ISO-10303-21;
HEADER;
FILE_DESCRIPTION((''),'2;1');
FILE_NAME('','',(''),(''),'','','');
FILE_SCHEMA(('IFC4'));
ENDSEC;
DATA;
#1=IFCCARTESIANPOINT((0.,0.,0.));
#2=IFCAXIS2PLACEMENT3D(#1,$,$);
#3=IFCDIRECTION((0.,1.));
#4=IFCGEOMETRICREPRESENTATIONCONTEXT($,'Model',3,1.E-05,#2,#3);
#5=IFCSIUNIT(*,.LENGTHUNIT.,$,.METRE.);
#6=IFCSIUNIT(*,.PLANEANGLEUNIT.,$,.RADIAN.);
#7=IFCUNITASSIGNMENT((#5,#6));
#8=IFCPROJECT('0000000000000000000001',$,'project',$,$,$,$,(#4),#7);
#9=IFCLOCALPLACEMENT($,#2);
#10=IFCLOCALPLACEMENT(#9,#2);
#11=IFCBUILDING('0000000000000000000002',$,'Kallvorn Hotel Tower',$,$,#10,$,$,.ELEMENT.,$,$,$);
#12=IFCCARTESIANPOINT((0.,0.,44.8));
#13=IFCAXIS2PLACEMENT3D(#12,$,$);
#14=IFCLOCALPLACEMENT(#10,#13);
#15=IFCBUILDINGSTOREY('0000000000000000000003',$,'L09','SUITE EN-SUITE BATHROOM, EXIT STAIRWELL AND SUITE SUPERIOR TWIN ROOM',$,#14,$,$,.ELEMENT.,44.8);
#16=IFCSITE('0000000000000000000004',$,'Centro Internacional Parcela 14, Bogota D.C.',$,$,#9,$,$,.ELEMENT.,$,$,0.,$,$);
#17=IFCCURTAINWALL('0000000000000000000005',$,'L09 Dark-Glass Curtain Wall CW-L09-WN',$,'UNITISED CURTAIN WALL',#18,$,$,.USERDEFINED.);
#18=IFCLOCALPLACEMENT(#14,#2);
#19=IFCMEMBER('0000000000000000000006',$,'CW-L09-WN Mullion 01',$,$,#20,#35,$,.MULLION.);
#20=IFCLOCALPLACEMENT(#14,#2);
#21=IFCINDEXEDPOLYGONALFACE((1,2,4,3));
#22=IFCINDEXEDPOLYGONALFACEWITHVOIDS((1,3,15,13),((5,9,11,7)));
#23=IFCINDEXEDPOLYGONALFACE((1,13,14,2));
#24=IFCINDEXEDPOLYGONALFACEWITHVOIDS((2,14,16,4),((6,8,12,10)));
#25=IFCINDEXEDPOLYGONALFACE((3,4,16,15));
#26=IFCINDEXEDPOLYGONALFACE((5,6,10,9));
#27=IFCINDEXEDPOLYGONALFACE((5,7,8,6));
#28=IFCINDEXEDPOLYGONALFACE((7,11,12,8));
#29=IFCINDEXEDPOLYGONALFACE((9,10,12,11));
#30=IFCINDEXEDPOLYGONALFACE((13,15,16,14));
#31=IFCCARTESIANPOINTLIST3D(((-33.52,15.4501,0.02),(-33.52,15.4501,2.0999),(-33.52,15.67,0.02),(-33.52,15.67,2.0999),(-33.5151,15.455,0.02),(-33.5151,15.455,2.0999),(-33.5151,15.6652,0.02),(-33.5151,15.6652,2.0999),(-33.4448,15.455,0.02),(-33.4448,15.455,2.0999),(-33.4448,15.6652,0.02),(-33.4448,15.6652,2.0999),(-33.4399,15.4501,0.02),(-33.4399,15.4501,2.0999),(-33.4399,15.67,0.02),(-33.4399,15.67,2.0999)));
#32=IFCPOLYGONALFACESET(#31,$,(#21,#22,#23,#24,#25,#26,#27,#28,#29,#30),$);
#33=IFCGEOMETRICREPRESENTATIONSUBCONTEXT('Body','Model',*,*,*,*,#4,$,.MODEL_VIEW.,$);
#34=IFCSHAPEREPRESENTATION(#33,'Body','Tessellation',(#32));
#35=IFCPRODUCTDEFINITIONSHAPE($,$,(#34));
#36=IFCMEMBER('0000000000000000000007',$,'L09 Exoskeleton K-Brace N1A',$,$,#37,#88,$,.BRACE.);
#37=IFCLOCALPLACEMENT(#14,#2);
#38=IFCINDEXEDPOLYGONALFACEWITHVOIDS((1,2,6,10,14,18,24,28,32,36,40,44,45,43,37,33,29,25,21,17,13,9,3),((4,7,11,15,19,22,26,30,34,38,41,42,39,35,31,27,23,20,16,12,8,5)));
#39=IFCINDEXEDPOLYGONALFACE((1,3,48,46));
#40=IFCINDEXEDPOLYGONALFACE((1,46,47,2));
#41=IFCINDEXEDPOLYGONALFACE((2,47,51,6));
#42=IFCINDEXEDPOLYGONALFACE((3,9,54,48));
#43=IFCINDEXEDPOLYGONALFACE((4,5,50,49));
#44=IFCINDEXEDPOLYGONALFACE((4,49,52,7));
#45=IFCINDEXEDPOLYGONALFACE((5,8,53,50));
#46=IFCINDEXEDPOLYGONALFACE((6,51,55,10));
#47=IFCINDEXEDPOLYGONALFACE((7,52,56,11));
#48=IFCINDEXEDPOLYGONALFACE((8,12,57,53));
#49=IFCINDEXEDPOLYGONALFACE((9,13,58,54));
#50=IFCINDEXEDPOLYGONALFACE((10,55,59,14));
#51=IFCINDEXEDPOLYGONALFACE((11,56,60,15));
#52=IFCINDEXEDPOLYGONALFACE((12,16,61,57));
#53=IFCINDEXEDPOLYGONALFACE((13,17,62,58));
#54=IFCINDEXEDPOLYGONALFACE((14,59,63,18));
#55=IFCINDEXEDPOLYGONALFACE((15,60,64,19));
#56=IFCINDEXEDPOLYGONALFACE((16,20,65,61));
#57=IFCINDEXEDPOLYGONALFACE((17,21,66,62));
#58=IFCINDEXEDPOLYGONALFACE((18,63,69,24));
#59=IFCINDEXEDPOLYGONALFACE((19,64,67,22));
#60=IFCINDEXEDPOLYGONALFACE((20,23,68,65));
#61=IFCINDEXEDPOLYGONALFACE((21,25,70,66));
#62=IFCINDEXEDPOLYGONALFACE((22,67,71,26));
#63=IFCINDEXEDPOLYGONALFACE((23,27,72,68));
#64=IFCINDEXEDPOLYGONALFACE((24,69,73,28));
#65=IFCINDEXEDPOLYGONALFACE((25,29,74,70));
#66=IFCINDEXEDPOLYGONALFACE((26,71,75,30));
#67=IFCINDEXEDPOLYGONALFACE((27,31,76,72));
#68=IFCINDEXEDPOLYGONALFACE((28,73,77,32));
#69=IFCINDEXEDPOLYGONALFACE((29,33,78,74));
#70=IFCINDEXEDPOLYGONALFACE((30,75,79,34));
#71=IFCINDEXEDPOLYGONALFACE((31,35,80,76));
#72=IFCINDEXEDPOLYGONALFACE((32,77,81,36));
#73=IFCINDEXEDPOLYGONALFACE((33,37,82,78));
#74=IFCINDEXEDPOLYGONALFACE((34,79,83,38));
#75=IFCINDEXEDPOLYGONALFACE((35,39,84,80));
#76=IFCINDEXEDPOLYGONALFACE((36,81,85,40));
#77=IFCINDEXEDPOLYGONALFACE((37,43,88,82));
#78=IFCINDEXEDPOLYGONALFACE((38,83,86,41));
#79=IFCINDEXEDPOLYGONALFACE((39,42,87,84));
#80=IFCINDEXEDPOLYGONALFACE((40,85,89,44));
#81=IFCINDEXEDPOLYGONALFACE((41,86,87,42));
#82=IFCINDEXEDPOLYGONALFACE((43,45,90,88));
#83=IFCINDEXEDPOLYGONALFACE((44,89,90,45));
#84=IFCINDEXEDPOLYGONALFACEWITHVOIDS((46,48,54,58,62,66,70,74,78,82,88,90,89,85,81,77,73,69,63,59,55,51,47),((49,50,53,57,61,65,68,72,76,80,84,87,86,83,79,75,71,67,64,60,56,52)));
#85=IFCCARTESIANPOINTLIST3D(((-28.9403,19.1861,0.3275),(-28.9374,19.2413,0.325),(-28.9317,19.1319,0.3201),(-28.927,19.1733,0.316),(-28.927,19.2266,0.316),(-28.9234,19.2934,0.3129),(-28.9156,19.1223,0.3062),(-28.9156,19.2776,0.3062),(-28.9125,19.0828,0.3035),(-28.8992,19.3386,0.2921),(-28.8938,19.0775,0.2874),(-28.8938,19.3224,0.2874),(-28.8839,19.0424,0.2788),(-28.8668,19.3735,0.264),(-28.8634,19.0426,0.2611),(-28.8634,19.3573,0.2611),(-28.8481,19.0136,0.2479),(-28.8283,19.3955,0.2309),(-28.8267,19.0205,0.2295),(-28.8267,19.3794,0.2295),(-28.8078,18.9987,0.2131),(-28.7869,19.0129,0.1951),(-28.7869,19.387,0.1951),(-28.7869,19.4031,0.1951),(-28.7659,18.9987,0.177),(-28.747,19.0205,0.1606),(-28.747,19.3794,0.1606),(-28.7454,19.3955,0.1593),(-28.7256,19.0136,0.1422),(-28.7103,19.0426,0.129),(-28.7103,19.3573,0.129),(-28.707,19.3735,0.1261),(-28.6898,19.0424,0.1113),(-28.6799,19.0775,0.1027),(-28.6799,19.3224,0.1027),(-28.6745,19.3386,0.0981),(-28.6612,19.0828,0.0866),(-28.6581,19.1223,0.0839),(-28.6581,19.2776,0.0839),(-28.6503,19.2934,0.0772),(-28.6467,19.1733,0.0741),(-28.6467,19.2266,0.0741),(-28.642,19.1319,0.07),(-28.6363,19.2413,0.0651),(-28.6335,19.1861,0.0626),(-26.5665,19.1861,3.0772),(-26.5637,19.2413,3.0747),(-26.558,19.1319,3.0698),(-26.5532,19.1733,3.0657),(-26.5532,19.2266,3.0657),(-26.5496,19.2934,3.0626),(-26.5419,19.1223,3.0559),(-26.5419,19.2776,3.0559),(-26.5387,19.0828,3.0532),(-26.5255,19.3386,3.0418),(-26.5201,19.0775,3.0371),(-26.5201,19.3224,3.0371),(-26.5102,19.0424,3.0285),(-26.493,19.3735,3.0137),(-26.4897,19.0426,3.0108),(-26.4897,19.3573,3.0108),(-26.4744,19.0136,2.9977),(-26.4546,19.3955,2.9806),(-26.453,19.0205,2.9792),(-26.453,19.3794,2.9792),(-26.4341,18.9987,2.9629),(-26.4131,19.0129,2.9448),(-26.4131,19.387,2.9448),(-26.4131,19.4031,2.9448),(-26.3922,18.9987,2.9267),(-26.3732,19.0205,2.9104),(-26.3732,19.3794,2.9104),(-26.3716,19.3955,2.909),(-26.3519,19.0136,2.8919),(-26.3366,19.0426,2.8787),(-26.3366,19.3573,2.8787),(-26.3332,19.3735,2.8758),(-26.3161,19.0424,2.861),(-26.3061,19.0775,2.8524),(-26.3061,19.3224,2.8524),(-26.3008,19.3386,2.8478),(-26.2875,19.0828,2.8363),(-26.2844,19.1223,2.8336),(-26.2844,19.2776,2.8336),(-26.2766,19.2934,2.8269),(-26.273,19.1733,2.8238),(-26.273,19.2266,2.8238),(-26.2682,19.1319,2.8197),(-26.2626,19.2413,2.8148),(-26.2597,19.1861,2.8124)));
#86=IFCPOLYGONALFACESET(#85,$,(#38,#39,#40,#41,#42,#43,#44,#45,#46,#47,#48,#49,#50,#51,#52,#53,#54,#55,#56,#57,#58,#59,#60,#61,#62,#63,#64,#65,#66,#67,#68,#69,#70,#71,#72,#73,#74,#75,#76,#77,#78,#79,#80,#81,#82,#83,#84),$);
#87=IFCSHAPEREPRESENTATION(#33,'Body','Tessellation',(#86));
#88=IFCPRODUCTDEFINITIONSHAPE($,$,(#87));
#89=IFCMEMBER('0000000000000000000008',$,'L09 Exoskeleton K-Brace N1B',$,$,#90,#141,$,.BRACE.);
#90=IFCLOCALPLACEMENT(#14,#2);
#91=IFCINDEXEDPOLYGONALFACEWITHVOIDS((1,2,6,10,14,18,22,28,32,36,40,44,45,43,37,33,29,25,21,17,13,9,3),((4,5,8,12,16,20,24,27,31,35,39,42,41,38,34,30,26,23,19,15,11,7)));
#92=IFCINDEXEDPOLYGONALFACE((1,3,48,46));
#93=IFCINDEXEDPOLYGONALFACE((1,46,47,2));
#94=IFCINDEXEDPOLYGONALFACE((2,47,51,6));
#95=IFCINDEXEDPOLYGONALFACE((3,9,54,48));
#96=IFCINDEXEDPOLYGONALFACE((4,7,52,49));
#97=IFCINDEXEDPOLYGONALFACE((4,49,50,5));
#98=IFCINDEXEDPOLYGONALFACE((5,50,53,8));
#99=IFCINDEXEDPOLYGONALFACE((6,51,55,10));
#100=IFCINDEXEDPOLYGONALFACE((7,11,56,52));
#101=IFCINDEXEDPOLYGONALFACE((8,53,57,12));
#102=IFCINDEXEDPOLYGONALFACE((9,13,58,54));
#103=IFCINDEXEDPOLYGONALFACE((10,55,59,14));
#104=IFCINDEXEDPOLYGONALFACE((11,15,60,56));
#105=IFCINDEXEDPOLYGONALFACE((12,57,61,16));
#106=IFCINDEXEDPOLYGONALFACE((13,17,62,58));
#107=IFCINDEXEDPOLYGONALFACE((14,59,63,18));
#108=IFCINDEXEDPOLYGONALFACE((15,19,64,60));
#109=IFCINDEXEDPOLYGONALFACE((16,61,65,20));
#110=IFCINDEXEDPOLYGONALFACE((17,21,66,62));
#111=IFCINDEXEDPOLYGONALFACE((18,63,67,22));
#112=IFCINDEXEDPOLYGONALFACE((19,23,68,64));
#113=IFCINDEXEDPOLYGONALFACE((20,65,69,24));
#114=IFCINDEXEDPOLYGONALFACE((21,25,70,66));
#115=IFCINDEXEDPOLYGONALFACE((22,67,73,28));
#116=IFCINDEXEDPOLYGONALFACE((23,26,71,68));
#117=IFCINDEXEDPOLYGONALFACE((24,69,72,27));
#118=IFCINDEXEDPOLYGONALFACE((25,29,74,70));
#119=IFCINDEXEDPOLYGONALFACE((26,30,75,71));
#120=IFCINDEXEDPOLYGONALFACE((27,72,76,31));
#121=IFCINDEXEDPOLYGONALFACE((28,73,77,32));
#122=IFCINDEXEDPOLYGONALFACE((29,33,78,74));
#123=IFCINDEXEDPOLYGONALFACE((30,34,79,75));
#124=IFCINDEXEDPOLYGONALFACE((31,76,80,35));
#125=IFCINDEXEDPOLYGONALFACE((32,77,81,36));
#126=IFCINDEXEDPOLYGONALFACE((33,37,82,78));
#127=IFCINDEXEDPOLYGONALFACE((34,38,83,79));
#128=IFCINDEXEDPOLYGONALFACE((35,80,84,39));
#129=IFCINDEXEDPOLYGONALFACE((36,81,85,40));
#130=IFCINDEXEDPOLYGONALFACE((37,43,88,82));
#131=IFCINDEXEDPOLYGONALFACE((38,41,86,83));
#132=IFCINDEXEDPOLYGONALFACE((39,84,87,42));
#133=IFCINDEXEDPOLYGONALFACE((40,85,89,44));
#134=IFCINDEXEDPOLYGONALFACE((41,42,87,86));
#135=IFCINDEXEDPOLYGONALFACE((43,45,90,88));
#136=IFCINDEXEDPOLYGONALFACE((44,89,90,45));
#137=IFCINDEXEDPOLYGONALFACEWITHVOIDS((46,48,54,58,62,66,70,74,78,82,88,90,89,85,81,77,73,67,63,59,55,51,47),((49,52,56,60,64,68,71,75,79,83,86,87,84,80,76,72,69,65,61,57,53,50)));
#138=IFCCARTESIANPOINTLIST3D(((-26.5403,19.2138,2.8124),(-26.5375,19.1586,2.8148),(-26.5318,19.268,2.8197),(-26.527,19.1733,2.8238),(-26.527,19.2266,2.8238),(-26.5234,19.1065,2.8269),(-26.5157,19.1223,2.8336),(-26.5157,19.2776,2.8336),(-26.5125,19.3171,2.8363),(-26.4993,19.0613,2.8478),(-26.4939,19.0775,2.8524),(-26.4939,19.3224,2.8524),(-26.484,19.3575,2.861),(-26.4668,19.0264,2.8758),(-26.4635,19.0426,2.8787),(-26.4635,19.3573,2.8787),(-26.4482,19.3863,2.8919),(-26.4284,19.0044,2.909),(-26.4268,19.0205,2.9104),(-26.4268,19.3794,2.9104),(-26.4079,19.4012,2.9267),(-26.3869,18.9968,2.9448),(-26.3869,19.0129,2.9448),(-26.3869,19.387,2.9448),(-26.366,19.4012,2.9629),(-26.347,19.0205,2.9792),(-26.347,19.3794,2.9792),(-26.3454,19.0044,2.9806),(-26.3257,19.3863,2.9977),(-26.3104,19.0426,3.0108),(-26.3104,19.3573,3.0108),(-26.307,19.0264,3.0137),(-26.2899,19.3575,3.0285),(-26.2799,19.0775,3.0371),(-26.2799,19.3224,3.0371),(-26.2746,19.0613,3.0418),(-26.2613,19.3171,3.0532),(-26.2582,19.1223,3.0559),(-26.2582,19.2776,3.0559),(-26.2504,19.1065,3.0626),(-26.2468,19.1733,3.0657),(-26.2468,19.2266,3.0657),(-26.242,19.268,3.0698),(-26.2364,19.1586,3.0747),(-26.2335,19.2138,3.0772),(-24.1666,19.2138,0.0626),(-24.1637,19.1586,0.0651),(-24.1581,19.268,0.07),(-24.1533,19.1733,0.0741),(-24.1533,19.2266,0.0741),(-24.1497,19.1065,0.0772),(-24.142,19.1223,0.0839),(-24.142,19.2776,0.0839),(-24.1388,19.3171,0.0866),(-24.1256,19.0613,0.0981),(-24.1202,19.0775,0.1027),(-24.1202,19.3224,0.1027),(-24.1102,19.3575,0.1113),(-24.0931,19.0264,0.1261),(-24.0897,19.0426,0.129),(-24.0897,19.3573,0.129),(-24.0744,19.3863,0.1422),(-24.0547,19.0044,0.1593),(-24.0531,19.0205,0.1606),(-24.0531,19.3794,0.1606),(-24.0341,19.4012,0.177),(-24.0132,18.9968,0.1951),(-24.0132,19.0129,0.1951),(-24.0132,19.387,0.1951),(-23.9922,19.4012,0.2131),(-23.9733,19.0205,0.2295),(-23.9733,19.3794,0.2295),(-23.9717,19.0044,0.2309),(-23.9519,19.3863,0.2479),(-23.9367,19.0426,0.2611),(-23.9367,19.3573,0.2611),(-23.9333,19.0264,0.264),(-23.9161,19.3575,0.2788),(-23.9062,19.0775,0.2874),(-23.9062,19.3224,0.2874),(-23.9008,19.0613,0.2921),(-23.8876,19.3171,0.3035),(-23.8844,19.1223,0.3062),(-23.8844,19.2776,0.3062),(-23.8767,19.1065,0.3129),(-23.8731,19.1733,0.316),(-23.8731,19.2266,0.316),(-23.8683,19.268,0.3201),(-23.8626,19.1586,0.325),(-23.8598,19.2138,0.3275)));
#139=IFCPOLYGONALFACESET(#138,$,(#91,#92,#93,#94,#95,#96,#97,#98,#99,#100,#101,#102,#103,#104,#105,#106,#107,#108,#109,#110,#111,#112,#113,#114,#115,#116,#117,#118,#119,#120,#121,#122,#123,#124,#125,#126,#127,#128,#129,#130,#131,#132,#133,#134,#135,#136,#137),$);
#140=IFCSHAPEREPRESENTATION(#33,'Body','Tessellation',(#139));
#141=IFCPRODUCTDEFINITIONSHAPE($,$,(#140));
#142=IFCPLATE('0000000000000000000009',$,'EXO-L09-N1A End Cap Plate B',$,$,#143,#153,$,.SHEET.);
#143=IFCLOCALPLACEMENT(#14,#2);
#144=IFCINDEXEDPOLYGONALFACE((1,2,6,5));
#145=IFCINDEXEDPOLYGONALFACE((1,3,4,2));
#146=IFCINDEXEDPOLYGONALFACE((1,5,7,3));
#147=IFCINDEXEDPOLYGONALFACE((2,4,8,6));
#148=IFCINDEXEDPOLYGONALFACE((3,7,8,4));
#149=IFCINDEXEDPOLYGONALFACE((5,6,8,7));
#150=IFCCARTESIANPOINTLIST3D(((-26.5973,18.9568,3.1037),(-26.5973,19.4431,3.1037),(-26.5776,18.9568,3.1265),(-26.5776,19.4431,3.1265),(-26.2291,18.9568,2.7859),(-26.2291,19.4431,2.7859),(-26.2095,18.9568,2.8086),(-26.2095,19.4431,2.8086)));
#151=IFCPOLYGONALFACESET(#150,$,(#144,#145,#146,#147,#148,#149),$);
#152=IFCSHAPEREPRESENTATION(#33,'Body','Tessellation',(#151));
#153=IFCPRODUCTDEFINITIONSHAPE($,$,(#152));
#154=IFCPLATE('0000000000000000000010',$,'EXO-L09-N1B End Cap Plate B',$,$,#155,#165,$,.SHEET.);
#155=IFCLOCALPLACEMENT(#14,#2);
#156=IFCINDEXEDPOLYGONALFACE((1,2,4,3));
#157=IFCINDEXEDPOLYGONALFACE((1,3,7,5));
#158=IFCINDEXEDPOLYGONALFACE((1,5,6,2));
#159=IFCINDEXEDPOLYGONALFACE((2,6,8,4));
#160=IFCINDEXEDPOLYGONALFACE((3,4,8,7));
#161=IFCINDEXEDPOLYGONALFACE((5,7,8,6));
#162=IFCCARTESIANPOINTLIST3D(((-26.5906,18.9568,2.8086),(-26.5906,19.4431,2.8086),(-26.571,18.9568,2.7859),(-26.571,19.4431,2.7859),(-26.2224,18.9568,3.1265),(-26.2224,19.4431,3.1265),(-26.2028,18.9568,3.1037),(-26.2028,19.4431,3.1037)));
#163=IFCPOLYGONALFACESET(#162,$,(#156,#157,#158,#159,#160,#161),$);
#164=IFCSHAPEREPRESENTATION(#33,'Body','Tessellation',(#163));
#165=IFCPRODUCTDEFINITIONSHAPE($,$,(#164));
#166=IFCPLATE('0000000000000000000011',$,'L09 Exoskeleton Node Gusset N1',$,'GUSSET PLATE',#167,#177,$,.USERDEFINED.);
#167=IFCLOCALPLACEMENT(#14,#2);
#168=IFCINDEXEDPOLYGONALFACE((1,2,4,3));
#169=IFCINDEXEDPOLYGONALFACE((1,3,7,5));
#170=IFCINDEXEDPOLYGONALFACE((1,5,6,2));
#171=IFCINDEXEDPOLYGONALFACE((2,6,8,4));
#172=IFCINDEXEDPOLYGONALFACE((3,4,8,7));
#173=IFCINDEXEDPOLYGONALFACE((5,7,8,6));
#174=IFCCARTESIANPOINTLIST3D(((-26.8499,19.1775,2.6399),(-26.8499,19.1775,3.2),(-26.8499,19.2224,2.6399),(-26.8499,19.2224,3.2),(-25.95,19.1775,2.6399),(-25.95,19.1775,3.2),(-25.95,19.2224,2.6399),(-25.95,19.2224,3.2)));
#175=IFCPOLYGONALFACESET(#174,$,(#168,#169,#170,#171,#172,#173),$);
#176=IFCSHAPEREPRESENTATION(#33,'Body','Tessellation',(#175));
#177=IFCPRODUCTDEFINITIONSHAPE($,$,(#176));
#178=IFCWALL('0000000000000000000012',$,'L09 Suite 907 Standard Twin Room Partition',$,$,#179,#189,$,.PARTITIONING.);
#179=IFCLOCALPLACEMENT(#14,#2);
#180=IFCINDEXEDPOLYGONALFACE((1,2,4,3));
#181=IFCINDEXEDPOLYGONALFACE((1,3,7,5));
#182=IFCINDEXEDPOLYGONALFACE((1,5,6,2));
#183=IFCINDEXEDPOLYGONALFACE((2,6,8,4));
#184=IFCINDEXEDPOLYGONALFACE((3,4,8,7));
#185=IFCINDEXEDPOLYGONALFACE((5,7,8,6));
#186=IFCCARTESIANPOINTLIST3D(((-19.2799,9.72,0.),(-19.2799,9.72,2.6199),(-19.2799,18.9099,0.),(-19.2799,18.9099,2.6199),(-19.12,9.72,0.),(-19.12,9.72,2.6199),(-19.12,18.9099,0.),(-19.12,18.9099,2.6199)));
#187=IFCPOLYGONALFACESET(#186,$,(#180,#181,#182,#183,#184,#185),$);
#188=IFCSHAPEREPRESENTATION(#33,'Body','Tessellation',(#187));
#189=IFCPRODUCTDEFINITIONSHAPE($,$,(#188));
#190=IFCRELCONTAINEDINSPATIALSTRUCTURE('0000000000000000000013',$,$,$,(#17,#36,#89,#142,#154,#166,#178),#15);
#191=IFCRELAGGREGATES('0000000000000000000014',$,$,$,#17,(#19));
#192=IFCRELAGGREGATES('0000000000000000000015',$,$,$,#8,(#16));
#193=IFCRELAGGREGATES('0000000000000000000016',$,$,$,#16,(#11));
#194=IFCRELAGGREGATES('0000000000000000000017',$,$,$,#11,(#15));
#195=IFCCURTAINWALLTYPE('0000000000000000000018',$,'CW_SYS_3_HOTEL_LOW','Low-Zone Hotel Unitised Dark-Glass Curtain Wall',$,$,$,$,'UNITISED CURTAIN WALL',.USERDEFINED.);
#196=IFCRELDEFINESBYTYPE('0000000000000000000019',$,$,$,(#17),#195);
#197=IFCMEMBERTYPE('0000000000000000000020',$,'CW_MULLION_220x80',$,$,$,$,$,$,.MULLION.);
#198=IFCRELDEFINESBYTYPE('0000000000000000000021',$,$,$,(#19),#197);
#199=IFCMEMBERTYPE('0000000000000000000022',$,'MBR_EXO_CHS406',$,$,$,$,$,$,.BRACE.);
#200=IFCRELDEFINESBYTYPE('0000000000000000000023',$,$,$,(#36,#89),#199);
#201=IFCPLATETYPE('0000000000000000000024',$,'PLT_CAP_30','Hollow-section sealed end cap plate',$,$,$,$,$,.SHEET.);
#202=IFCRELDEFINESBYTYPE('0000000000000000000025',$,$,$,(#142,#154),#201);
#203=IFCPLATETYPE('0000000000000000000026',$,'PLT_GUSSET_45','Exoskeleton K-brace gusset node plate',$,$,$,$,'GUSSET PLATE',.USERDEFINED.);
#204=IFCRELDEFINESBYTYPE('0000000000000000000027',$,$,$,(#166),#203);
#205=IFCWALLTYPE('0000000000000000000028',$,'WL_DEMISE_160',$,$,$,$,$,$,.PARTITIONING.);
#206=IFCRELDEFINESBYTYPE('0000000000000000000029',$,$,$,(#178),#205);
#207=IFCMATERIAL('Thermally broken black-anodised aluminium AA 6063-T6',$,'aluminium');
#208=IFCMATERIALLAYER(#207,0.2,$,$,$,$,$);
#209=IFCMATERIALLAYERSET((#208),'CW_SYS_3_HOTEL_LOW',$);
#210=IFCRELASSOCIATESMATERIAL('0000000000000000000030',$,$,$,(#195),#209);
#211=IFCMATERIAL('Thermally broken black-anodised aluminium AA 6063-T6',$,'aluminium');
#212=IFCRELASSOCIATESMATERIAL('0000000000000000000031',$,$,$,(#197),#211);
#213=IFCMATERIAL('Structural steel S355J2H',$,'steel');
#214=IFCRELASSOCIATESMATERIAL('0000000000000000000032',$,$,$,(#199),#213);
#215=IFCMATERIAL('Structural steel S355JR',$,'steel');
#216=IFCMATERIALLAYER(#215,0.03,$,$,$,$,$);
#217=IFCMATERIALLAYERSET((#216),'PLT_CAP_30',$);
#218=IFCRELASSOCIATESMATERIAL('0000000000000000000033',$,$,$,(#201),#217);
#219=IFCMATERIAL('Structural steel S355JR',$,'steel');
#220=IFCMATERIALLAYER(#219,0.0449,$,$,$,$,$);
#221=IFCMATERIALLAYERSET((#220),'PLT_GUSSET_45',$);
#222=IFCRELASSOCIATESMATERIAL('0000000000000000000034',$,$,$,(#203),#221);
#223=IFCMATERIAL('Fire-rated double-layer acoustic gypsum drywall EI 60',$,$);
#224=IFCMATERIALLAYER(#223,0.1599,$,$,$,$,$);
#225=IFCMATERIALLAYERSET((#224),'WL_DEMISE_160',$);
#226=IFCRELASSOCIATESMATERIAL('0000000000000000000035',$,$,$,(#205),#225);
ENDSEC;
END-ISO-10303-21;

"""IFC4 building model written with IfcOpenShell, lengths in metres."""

from ifc_helpers import new_model, si_unit, direction, frame, frame_2d, origin, origin_2d, place, context, subcontext, project, spatial, polyline, rectangle, hollow_rectangle, hollow_circle, outline, extrude, material, layer, layer_set, material_profile, profile_set, type_object, element, aggregate, save


model = new_model("IFC4")

# Units and contexts
model_context = context("Model", 3, precision=1e-05, world=origin(), true_north=direction((0.0, 1.0)))
body_context = subcontext(model_context, "Body", "Model", "MODEL_VIEW")
ifc_project = project(units=[si_unit("LENGTHUNIT", "METRE"), si_unit("PLANEANGLEUNIT", "RADIAN")], contexts=[model_context])

# Site, building, storey
site_placement = place(None, origin())
site = spatial("IfcSite", under=ifc_project, at=site_placement, Name="Centro Internacional Parcela 14, Bogota D.C.", CompositionType="ELEMENT", RefElevation=0.0)
building_placement = place(site_placement, origin())
building = spatial("IfcBuilding", under=site, at=building_placement, Name="Kallvorn Hotel Tower", CompositionType="ELEMENT")
storey_placement = place(building_placement, frame((0.0, 0.0, 44.8)))
storey = spatial("IfcBuildingStorey", under=building, at=storey_placement, Name="L09", Description="SUITE EN-SUITE BATHROOM, EXIT STAIRWELL AND SUITE SUPERIOR TWIN ROOM", CompositionType="ELEMENT", Elevation=44.8)

# Curtain wall, member
ifc_material_1 = material(Name="Thermally broken black-anodised aluminium AA 6063-T6", Category="aluminium")
ifc_layer_1 = layer(ifc_material_1, 0.2)
ifc_layer_set_1 = layer_set([ifc_layer_1], Name="CW_SYS_3_HOTEL_LOW")
curtain_wall_type = type_object("IfcCurtainWallType", Name="CW_SYS_3_HOTEL_LOW", Description="Low-Zone Hotel Unitised Dark-Glass Curtain Wall", ElementType="UNITISED CURTAIN WALL", PredefinedType="USERDEFINED", material=ifc_layer_set_1)
curtain_wall_placement = place(storey_placement, origin())
curtain_wall = element("IfcCurtainWall", 1, at=curtain_wall_placement, inside=storey, type_object=curtain_wall_type, Name="L09 Dark-Glass Curtain Wall CW-L09-WN", ObjectType="UNITISED CURTAIN WALL", PredefinedType="USERDEFINED")
ifc_material_2 = material(Name="Thermally broken black-anodised aluminium AA 6063-T6", Category="aluminium")
ifc_material_profile_1 = material_profile(ifc_material_2, hollow_rectangle(XDim=0.0801, YDim=0.22, WallThickness=0.0049, at=origin_2d()), Name="MUL 220x80")
ifc_profile_set_1 = profile_set([ifc_material_profile_1], Name="Thermally broken black-anodised aluminium AA 6063-T6")
member_type_1 = type_object("IfcMemberType", Name="CW_MULLION_220x80", PredefinedType="MULLION", material=ifc_profile_set_1)
member_placement = place(storey_placement, frame((-33.48, 15.5601, 0.02), z_axis=(0.0, 0.0, 1.0), x_axis=(1.0, 0.0, 0.0)))
member = element("IfcMember", 2, at=member_placement, type_object=member_type_1, Name="CW-L09-WN Mullion 01", PredefinedType="MULLION", context=body_context, shape_type="SweptSolid", body=[
    extrude(hollow_rectangle(XDim=0.0801, YDim=0.22, WallThickness=0.0049, at=origin_2d()), origin(), (0.0, 0.0, 1.0), 2.0798),
])
aggregate(curtain_wall, [member])

# Members
ifc_material_3 = material(Name="Structural steel S355J2H", Category="steel")
ifc_material_profile_2 = material_profile(ifc_material_3, hollow_circle(Radius=0.2031, WallThickness=0.0161, at=origin_2d()), Name="CHS 406.4x16")
ifc_profile_set_2 = profile_set([ifc_material_profile_2], Name="Structural steel S355J2H")
member_type_2 = type_object("IfcMemberType", Name="MBR_EXO_CHS406", PredefinedType="BRACE", material=ifc_profile_set_2)
for number, where, z_axis, x_axis, name in (
    (3, (-28.7869, 19.2, 0.1951), (0.653461, 0.0, 0.756961), (0.0, 1.0, 0.0), "L09 Exoskeleton K-Brace N1A"),
    (4, (-24.0132, 19.2, 0.1951), (-0.653461, 0.0, 0.756961), (0.0, -1.0, 0.0), "L09 Exoskeleton K-Brace N1B"),
):
    element("IfcMember", number, at=place(storey_placement, frame(where, z_axis=z_axis, x_axis=x_axis)), inside=storey, type_object=member_type_2, Name=name, PredefinedType="BRACE", context=body_context, shape_type="SweptSolid", body=[
        extrude(hollow_circle(Radius=0.2031, WallThickness=0.0161, at=origin_2d()), origin(), (0.0, 0.0, 1.0), 3.6326),
    ])

# Plates
ifc_material_4 = material(Name="Structural steel S355JR", Category="steel")
ifc_layer_2 = layer(ifc_material_4, 0.03)
ifc_layer_set_2 = layer_set([ifc_layer_2], Name="PLT_CAP_30")
plate_type_1 = type_object("IfcPlateType", Name="PLT_CAP_30", Description="Hollow-section sealed end cap plate", PredefinedType="SHEET", material=ifc_layer_set_2)
for number, where, z_axis, x_axis, name in (
    (5, (-26.2095, 18.9568, 2.8086), (0.653515, 0.0, 0.756913), (0.0, 1.0, 0.0), "EXO-L09-N1A End Cap Plate B"),
    (6, (-26.5906, 19.4431, 2.8086), (-0.653515, 0.0, 0.756913), (0.0, -1.0, 0.0), "EXO-L09-N1B End Cap Plate B"),
):
    element("IfcPlate", number, at=place(storey_placement, frame(where, z_axis=z_axis, x_axis=x_axis)), inside=storey, type_object=plate_type_1, Name=name, PredefinedType="SHEET", context=body_context, shape_type="SweptSolid", body=[
        extrude(outline(polyline([(0.0, 0.0), (0.4863, 0.0), (0.4863, 0.4864), (0.0, 0.4864), (0.0, 0.0)])), origin(), (0.0, 0.0, -1.0), 0.03),
    ])
ifc_material_5 = material(Name="Structural steel S355JR", Category="steel")
ifc_layer_3 = layer(ifc_material_5, 0.0449)
ifc_layer_set_3 = layer_set([ifc_layer_3], Name="PLT_GUSSET_45")
plate_type_2 = type_object("IfcPlateType", Name="PLT_GUSSET_45", Description="Exoskeleton K-brace gusset node plate", ElementType="GUSSET PLATE", PredefinedType="USERDEFINED", material=ifc_layer_set_3)
plate_placement = place(storey_placement, frame((-26.3999, 19.2, 2.6399), z_axis=(0.0, 0.0, 1.0), x_axis=(1.0, 0.0, 0.0)))
element("IfcPlate", 7, at=plate_placement, inside=storey, type_object=plate_type_2, Name="L09 Exoskeleton Node Gusset N1", ObjectType="GUSSET PLATE", PredefinedType="USERDEFINED", context=body_context, shape_type="SweptSolid", body=[
    extrude(rectangle(XDim=0.8999, YDim=0.0449, at=origin_2d()), origin(), (0.0, 0.0, 1.0), 0.5601),
])

# Wall
ifc_material_6 = material(Name="Fire-rated double-layer acoustic gypsum drywall EI 60")
ifc_layer_4 = layer(ifc_material_6, 0.1599)
ifc_layer_set_4 = layer_set([ifc_layer_4], Name="WL_DEMISE_160")
wall_type_1 = type_object("IfcWallType", Name="WL_DEMISE_160", PredefinedType="PARTITIONING", material=ifc_layer_set_4)
wall_1_placement = place(storey_placement, frame((-19.2, 9.72, 0.0), z_axis=(0.0, 0.0, 1.0), x_axis=(0.0, 1.0, 0.0)))
element("IfcWall", 8, at=wall_1_placement, inside=storey, type_object=wall_type_1, Name="L09 Suite 907 Standard Twin Room Partition", PredefinedType="PARTITIONING", context=body_context, shape_type="SweptSolid", body=[
    extrude(rectangle(XDim=9.1899, YDim=0.1599, at=frame_2d((4.595, 0.0))), origin(), (0.0, 0.0, 1.0), 2.6199),
])

save(model, "model.ifc")
